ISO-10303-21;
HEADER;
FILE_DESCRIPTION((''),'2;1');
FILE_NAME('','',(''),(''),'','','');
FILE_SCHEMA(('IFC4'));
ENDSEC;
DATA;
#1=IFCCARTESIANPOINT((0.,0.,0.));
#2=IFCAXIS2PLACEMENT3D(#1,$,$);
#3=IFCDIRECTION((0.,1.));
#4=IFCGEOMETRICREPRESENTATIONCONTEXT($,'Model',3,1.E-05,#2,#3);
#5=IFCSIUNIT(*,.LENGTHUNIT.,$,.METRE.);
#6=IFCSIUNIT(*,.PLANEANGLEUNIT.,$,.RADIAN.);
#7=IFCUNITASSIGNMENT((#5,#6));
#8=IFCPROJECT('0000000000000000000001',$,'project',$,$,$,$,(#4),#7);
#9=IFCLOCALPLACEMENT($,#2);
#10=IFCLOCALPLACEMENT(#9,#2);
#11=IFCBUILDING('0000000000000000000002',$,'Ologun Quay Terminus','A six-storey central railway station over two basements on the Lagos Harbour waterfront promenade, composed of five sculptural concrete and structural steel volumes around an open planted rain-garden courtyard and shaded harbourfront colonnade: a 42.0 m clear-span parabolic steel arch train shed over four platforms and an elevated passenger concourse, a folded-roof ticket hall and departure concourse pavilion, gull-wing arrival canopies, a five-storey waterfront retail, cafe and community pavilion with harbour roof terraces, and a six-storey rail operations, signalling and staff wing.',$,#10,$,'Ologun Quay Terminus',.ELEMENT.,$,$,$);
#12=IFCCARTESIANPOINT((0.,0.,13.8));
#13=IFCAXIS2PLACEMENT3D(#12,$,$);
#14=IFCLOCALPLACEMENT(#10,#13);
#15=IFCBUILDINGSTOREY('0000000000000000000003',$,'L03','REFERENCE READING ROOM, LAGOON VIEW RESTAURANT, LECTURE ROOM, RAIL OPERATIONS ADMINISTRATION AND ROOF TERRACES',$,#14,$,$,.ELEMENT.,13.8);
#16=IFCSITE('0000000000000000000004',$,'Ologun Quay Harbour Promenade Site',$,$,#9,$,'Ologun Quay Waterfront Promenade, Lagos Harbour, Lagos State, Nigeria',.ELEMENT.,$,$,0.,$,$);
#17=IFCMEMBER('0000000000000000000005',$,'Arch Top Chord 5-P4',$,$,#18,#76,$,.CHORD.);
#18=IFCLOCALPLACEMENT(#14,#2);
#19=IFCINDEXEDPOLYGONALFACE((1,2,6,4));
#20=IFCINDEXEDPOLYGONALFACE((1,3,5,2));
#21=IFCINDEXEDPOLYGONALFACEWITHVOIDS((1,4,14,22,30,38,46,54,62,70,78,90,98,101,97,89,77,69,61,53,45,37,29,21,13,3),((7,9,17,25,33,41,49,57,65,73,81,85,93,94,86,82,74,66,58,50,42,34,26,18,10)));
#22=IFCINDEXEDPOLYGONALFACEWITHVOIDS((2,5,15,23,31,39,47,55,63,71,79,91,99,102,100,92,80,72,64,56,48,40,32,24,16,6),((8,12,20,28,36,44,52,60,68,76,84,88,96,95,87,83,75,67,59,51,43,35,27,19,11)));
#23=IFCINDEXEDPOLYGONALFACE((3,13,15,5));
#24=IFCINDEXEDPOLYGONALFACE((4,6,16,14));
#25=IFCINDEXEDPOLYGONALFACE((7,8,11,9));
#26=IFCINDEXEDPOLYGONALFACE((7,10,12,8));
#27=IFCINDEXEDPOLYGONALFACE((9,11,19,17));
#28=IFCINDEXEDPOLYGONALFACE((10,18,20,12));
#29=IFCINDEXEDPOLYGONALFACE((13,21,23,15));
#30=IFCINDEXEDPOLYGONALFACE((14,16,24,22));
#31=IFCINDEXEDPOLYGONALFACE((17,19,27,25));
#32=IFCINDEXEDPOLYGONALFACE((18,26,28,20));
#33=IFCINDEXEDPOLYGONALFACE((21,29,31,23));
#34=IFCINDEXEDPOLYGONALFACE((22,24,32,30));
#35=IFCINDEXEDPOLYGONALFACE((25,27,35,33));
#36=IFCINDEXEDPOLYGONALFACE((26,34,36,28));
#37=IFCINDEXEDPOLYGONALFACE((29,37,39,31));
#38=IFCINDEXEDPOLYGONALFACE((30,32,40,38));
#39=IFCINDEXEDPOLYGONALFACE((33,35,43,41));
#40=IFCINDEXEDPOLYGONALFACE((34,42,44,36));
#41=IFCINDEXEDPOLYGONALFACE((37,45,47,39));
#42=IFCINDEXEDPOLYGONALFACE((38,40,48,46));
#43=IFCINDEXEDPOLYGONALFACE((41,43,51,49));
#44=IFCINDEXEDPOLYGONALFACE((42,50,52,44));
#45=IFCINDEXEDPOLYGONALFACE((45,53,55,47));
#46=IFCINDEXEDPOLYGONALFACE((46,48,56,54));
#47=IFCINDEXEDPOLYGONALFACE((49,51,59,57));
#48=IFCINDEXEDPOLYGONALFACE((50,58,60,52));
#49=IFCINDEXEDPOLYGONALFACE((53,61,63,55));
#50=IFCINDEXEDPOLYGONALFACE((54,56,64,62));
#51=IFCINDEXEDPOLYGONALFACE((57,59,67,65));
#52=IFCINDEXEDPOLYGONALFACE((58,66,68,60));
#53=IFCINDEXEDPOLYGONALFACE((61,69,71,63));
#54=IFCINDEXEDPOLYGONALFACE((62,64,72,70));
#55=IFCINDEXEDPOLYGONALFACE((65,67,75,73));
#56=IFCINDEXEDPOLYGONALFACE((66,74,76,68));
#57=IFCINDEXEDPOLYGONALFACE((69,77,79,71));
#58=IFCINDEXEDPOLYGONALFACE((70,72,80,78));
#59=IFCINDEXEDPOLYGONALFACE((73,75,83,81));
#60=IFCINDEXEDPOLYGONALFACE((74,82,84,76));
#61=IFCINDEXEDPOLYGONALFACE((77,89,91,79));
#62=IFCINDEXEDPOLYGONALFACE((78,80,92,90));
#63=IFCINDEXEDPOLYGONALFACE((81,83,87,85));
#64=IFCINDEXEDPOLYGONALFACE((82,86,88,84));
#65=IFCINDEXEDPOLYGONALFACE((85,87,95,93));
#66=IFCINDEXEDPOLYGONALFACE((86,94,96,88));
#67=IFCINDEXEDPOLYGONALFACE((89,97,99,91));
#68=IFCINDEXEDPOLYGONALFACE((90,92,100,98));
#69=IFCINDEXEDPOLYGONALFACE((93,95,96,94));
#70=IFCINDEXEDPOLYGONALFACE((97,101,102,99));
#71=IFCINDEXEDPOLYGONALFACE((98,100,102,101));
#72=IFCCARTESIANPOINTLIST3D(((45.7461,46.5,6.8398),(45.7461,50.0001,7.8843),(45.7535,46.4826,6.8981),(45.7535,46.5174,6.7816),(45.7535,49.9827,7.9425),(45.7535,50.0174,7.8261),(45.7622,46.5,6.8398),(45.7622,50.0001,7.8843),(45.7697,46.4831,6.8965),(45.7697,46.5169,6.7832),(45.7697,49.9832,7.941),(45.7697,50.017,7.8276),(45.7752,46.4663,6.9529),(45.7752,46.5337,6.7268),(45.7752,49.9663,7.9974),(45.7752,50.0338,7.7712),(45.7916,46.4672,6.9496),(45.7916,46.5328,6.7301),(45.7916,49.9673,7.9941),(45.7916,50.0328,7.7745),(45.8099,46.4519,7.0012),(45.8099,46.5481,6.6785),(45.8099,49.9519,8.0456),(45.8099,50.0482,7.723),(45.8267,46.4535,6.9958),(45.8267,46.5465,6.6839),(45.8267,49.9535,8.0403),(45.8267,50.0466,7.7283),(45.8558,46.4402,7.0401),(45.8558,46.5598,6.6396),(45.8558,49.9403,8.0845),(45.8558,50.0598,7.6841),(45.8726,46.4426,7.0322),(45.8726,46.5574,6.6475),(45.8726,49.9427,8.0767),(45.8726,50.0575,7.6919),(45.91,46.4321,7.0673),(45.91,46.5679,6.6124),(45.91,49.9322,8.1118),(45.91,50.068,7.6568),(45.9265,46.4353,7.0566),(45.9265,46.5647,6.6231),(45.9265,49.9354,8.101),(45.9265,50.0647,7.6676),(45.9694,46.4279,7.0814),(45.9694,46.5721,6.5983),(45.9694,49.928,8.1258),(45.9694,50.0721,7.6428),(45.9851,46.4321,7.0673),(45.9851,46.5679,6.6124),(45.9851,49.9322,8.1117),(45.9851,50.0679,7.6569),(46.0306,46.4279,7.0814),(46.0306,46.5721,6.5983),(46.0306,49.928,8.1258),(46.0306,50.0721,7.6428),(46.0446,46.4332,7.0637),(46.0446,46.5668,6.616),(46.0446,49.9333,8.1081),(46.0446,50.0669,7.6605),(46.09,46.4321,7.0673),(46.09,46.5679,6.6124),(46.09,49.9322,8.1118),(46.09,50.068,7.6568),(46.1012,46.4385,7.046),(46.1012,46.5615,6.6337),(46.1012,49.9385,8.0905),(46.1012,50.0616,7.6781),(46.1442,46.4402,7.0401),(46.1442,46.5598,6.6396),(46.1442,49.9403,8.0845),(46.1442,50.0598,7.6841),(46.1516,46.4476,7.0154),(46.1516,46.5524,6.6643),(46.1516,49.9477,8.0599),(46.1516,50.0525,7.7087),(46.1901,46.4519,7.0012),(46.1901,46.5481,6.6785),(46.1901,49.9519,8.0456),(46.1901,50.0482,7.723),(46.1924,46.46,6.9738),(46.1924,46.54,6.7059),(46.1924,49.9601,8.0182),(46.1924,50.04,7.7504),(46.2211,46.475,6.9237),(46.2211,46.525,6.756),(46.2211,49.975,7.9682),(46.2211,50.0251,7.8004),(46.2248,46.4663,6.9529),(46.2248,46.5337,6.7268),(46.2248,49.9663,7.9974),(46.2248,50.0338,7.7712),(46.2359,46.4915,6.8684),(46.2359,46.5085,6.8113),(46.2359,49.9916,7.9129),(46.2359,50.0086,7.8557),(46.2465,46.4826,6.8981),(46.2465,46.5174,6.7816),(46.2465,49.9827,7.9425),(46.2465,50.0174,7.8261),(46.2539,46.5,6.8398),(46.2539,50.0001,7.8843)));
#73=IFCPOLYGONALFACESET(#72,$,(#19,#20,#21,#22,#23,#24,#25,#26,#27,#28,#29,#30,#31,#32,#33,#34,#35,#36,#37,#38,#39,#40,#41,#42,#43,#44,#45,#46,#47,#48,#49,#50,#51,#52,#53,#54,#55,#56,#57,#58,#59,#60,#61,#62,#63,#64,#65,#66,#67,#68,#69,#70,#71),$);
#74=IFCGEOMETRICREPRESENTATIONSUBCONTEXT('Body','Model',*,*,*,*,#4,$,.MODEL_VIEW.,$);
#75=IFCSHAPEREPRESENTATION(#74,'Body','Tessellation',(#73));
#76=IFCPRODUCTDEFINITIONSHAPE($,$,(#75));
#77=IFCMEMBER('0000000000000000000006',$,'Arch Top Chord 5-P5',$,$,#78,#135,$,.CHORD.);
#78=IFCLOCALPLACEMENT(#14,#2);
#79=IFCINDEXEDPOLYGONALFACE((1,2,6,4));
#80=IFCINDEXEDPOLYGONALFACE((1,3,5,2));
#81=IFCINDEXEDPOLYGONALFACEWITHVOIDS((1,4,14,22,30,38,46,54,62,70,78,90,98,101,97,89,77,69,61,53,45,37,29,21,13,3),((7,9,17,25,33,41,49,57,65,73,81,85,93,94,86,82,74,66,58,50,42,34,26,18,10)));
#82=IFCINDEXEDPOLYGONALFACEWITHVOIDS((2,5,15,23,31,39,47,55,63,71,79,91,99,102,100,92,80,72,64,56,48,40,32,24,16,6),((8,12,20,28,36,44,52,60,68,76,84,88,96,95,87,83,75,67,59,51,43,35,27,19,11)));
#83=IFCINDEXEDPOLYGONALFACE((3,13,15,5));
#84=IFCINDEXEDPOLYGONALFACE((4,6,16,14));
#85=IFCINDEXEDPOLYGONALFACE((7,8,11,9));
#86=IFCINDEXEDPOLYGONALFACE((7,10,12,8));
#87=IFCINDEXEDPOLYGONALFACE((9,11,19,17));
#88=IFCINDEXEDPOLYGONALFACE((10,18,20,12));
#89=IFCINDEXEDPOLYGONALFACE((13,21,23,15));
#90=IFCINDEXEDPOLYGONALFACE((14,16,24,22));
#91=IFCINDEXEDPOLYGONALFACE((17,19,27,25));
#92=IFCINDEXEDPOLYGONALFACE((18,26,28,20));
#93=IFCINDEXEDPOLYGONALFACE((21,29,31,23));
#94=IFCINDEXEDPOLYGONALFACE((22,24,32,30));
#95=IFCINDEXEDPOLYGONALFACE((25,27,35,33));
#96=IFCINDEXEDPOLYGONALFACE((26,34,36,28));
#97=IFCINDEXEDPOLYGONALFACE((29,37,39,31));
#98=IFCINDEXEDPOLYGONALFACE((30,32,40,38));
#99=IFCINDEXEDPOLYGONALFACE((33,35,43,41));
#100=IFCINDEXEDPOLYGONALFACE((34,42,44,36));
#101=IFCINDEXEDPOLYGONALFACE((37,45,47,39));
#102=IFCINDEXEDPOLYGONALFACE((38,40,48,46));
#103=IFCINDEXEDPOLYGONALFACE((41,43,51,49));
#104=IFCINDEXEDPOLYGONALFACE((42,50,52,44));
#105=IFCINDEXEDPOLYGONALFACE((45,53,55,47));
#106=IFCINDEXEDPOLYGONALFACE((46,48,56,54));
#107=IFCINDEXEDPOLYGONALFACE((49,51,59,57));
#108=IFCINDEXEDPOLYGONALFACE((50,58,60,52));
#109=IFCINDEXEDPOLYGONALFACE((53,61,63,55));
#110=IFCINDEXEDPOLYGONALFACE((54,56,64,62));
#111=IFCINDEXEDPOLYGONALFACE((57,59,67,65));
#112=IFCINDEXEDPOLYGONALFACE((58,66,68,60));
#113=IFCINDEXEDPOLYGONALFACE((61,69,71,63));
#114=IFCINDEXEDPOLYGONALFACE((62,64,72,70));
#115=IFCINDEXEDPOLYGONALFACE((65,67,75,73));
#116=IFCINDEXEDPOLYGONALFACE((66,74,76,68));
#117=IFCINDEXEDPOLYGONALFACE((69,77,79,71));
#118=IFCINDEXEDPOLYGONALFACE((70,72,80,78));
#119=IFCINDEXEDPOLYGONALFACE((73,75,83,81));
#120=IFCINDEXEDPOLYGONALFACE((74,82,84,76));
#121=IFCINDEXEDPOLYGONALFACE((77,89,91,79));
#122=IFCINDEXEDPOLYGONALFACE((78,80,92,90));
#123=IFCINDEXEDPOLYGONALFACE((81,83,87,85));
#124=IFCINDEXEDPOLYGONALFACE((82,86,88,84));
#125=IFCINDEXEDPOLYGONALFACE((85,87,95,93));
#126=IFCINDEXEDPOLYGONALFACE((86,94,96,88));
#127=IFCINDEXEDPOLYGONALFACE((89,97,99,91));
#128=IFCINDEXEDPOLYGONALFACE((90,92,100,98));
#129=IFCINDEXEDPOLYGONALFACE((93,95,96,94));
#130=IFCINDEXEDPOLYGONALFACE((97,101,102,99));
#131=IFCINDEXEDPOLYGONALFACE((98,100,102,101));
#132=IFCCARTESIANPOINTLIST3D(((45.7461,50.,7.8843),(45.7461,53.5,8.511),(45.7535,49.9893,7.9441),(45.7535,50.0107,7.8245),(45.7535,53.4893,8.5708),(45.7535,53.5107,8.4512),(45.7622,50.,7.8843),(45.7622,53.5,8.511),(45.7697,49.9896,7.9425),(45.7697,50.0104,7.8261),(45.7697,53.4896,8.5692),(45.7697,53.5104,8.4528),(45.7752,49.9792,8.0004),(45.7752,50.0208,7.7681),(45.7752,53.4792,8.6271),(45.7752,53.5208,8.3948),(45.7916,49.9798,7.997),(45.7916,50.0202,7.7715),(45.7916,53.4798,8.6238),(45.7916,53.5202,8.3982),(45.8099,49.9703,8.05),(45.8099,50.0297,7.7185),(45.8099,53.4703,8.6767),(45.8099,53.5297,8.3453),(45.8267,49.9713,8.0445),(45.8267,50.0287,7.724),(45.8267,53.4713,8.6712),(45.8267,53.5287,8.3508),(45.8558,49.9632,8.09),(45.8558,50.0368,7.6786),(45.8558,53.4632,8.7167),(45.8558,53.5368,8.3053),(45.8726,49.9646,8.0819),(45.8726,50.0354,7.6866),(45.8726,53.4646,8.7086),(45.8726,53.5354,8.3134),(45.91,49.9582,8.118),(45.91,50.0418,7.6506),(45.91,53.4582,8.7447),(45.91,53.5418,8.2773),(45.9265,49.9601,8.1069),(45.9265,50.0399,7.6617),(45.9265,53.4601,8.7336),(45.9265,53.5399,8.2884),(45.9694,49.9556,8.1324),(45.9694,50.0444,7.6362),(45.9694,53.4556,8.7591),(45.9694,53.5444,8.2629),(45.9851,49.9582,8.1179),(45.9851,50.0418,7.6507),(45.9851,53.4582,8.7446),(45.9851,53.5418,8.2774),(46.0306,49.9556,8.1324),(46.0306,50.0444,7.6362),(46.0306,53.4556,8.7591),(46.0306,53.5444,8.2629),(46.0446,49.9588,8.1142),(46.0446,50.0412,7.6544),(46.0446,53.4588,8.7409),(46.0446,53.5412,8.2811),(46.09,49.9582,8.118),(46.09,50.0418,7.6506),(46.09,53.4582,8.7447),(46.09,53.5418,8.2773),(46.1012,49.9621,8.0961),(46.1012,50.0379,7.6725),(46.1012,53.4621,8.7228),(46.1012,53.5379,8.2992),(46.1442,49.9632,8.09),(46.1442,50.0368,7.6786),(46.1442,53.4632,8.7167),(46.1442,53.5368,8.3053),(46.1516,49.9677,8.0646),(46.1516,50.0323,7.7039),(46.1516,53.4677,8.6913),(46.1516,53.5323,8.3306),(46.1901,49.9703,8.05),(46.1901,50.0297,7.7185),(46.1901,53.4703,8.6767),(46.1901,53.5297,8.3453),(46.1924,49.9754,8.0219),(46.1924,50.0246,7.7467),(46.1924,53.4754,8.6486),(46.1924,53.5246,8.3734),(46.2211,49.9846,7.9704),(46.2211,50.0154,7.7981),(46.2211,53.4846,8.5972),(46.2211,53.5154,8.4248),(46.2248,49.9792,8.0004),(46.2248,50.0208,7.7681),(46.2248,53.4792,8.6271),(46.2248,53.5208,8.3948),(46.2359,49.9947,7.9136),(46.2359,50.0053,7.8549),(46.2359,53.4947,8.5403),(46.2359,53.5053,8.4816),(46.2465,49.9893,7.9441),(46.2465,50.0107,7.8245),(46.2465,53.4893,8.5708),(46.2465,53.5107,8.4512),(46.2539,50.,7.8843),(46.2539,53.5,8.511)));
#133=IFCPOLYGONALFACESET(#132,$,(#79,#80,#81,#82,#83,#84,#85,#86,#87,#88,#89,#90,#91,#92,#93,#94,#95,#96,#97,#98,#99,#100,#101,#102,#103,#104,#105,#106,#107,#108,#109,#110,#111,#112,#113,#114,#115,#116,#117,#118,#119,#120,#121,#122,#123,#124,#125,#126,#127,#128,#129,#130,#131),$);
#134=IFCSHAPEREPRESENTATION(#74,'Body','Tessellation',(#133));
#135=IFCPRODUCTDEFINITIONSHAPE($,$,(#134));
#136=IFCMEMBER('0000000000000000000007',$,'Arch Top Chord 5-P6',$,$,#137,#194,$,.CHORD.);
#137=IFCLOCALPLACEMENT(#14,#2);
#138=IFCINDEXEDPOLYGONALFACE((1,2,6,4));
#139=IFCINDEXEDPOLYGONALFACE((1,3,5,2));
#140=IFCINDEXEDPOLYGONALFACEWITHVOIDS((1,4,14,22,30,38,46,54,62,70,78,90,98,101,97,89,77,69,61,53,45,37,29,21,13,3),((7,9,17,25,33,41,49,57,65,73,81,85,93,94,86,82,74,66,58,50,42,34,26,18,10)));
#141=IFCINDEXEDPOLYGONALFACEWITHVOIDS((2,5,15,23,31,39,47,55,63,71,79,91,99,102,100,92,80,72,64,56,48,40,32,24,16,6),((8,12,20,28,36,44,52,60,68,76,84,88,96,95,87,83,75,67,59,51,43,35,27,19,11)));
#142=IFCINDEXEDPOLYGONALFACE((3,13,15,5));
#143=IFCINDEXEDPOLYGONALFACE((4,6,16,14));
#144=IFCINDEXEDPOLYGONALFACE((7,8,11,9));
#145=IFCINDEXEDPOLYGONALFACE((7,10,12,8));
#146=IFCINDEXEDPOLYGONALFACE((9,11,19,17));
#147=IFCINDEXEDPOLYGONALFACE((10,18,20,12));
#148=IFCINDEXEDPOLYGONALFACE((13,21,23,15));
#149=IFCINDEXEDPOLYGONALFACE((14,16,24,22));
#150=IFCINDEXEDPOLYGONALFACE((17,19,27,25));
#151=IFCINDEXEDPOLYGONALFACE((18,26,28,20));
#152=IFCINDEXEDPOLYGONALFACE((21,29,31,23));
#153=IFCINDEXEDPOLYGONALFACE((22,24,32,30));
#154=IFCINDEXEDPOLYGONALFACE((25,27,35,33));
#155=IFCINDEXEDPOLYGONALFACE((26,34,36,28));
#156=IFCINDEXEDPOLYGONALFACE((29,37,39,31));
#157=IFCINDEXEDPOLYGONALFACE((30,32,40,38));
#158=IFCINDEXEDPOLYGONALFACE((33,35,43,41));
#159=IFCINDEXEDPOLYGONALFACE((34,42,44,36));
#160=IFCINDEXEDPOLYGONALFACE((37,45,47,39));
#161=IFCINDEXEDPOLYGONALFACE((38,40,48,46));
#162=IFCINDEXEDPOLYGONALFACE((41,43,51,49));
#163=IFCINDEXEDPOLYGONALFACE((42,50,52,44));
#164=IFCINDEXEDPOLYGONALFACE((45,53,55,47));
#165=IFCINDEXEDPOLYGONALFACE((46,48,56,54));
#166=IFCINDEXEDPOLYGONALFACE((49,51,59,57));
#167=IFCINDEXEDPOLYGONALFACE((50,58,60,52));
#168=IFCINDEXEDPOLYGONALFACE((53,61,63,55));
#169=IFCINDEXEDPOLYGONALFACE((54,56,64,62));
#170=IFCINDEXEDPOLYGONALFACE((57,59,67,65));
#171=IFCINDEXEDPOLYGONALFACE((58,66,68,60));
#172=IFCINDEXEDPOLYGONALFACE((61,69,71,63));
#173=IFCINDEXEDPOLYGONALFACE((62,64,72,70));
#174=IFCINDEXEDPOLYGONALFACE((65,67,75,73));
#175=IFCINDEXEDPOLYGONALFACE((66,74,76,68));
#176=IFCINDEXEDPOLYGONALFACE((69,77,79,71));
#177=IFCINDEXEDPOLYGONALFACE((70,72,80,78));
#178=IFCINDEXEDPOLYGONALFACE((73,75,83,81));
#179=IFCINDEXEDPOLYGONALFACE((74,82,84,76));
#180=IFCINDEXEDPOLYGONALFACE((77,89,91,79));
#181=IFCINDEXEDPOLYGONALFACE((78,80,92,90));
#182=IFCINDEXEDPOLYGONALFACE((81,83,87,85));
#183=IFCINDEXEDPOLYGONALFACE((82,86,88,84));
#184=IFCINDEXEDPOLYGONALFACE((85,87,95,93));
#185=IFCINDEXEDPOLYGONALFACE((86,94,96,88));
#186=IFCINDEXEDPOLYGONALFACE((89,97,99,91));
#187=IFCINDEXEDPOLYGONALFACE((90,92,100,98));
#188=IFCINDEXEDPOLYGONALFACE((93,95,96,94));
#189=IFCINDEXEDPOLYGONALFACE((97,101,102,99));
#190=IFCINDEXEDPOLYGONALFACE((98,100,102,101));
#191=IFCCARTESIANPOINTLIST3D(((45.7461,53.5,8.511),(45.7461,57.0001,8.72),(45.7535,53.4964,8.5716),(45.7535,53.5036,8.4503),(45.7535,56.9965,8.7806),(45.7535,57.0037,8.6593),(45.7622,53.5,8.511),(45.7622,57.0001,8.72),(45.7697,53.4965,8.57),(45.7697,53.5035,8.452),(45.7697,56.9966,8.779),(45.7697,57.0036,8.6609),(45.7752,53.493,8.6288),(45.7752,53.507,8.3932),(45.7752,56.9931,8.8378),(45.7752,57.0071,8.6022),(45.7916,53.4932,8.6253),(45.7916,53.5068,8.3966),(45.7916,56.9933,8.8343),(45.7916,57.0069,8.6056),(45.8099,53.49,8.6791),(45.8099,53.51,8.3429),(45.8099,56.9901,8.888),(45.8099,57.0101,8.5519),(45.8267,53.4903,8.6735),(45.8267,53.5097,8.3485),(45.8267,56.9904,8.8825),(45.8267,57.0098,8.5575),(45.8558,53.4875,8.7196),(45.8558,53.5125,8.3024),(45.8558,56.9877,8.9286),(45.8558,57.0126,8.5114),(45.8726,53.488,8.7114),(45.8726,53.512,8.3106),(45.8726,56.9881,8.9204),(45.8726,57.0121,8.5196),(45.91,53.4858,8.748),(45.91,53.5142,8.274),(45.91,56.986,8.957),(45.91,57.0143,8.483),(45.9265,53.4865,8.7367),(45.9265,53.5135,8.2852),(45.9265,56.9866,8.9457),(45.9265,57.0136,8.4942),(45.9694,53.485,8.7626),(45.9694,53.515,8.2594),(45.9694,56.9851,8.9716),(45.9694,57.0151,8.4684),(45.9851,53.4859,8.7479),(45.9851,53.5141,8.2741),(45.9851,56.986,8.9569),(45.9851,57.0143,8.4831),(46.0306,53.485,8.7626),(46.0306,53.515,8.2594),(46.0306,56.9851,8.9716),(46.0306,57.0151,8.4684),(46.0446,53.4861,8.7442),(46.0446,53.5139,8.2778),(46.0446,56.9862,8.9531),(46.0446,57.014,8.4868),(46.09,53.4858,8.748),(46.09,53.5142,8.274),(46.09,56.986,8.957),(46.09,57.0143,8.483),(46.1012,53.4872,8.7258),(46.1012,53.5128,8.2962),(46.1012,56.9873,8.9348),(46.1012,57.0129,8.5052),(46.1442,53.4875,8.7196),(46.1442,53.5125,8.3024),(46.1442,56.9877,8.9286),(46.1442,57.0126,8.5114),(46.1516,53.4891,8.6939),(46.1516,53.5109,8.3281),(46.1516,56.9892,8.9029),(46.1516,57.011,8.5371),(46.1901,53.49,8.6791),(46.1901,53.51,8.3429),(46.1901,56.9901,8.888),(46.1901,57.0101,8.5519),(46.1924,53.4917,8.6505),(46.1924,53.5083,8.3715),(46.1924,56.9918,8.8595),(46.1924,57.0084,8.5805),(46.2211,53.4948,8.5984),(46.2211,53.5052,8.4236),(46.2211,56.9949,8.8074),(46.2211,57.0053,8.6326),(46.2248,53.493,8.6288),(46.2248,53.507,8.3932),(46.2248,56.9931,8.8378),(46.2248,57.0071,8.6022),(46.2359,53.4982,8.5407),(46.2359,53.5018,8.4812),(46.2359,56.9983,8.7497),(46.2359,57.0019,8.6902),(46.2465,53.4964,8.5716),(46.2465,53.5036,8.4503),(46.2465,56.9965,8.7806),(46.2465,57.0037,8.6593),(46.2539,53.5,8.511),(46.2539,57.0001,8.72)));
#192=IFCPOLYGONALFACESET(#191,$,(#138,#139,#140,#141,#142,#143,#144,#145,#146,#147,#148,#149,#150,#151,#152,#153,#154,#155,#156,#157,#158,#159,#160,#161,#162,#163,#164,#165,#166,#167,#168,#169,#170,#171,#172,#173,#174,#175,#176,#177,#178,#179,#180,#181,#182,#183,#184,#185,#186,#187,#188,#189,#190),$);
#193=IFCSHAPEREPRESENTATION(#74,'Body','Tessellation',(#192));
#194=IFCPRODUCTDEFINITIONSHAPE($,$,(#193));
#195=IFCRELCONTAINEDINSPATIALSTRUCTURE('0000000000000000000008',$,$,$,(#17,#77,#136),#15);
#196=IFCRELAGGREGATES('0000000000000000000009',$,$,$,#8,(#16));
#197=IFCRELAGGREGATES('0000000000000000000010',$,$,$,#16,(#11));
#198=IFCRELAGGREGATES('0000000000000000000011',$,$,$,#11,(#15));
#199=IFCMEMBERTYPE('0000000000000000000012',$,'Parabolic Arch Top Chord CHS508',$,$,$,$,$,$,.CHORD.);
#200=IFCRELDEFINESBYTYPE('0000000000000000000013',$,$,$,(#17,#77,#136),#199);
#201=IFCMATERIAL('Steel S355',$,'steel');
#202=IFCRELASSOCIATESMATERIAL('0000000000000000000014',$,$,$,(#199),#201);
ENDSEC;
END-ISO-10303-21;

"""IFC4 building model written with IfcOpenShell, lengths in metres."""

from ifc_helpers import new_model, si_unit, direction, frame, origin, origin_2d, place, context, subcontext, project, spatial, hollow_circle, extrude, material, material_profile, profile_set, type_object, element, save


model = new_model("IFC4")

# Units and contexts
model_context = context("Model", 3, precision=1e-05, world=origin(), true_north=direction((0.0, 1.0)))
body_context = subcontext(model_context, "Body", "Model", "MODEL_VIEW")
ifc_project = project(units=[si_unit("LENGTHUNIT", "METRE"), si_unit("PLANEANGLEUNIT", "RADIAN")], contexts=[model_context])

# Site, building, storey
site_placement = place(None, origin())
site = spatial("IfcSite", under=ifc_project, at=site_placement, Name="Ologun Quay Harbour Promenade Site", LongName="Ologun Quay Waterfront Promenade, Lagos Harbour, Lagos State, Nigeria", CompositionType="ELEMENT", RefElevation=0.0)
building_placement = place(site_placement, origin())
building = spatial("IfcBuilding", under=site, at=building_placement, Name="Ologun Quay Terminus", Description="A six-storey central railway station over two basements on the Lagos Harbour waterfront promenade, composed of five sculptural concrete and structural steel volumes around an open planted rain-garden courtyard and shaded harbourfront colonnade: a 42.0 m clear-span parabolic steel arch train shed over four platforms and an elevated passenger concourse, a folded-roof ticket hall and departure concourse pavilion, gull-wing arrival canopies, a five-storey waterfront retail, cafe and community pavilion with harbour roof terraces, and a six-storey rail operations, signalling and staff wing.", LongName="Ologun Quay Terminus", CompositionType="ELEMENT")
storey_placement = place(building_placement, frame((0.0, 0.0, 13.8)))
storey = spatial("IfcBuildingStorey", under=building, at=storey_placement, Name="L03", Description="REFERENCE READING ROOM, LAGOON VIEW RESTAURANT, LECTURE ROOM, RAIL OPERATIONS ADMINISTRATION AND ROOF TERRACES", CompositionType="ELEMENT", Elevation=13.8)

# Members
ifc_material_1 = material(Name="Steel S355", Category="steel")
ifc_material_profile_1 = material_profile(ifc_material_1, hollow_circle(Radius=0.2539, WallThickness=0.0161, at=origin_2d()), Name="CHS 508x16")
ifc_profile_set_1 = profile_set([ifc_material_profile_1], Name="Steel S355")
member_type_1 = type_object("IfcMemberType", Name="Parabolic Arch Top Chord CHS508", PredefinedType="CHORD", material=ifc_profile_set_1)
member_1_placement = place(storey_placement, frame((46.0, 46.5, 6.8398), z_axis=(0.0, 0.958245, 0.285949), x_axis=(-1.0, 0.0, 0.0)))
element("IfcMember", 1, at=member_1_placement, inside=storey, type_object=member_type_1, Name="Arch Top Chord 5-P4", PredefinedType="CHORD", context=body_context, shape_type="SweptSolid", body=[
    extrude(hollow_circle(Radius=0.2539, WallThickness=0.0161, at=origin_2d()), origin(), (0.0, 0.0, 1.0), 3.6526),
])
member_2_placement = place(storey_placement, frame((46.0, 50.0, 7.8843), z_axis=(0.0, 0.984344, 0.176256), x_axis=(-1.0, 0.0, 0.0)))
element("IfcMember", 2, at=member_2_placement, inside=storey, type_object=member_type_1, Name="Arch Top Chord 5-P5", PredefinedType="CHORD", context=body_context, shape_type="SweptSolid", body=[
    extrude(hollow_circle(Radius=0.2539, WallThickness=0.0161, at=origin_2d()), origin(), (0.0, 0.0, 1.0), 3.5557),
])
member_3_placement = place(storey_placement, frame((46.0, 53.5, 8.511), z_axis=(0.0, 0.998222, 0.059604), x_axis=(-1.0, 0.0, 0.0)))
element("IfcMember", 3, at=member_3_placement, inside=storey, type_object=member_type_1, Name="Arch Top Chord 5-P6", PredefinedType="CHORD", context=body_context, shape_type="SweptSolid", body=[
    extrude(hollow_circle(Radius=0.2539, WallThickness=0.0161, at=origin_2d()), origin(), (0.0, 0.0, 1.0), 3.5063),
])

save(model, "model.ifc")
